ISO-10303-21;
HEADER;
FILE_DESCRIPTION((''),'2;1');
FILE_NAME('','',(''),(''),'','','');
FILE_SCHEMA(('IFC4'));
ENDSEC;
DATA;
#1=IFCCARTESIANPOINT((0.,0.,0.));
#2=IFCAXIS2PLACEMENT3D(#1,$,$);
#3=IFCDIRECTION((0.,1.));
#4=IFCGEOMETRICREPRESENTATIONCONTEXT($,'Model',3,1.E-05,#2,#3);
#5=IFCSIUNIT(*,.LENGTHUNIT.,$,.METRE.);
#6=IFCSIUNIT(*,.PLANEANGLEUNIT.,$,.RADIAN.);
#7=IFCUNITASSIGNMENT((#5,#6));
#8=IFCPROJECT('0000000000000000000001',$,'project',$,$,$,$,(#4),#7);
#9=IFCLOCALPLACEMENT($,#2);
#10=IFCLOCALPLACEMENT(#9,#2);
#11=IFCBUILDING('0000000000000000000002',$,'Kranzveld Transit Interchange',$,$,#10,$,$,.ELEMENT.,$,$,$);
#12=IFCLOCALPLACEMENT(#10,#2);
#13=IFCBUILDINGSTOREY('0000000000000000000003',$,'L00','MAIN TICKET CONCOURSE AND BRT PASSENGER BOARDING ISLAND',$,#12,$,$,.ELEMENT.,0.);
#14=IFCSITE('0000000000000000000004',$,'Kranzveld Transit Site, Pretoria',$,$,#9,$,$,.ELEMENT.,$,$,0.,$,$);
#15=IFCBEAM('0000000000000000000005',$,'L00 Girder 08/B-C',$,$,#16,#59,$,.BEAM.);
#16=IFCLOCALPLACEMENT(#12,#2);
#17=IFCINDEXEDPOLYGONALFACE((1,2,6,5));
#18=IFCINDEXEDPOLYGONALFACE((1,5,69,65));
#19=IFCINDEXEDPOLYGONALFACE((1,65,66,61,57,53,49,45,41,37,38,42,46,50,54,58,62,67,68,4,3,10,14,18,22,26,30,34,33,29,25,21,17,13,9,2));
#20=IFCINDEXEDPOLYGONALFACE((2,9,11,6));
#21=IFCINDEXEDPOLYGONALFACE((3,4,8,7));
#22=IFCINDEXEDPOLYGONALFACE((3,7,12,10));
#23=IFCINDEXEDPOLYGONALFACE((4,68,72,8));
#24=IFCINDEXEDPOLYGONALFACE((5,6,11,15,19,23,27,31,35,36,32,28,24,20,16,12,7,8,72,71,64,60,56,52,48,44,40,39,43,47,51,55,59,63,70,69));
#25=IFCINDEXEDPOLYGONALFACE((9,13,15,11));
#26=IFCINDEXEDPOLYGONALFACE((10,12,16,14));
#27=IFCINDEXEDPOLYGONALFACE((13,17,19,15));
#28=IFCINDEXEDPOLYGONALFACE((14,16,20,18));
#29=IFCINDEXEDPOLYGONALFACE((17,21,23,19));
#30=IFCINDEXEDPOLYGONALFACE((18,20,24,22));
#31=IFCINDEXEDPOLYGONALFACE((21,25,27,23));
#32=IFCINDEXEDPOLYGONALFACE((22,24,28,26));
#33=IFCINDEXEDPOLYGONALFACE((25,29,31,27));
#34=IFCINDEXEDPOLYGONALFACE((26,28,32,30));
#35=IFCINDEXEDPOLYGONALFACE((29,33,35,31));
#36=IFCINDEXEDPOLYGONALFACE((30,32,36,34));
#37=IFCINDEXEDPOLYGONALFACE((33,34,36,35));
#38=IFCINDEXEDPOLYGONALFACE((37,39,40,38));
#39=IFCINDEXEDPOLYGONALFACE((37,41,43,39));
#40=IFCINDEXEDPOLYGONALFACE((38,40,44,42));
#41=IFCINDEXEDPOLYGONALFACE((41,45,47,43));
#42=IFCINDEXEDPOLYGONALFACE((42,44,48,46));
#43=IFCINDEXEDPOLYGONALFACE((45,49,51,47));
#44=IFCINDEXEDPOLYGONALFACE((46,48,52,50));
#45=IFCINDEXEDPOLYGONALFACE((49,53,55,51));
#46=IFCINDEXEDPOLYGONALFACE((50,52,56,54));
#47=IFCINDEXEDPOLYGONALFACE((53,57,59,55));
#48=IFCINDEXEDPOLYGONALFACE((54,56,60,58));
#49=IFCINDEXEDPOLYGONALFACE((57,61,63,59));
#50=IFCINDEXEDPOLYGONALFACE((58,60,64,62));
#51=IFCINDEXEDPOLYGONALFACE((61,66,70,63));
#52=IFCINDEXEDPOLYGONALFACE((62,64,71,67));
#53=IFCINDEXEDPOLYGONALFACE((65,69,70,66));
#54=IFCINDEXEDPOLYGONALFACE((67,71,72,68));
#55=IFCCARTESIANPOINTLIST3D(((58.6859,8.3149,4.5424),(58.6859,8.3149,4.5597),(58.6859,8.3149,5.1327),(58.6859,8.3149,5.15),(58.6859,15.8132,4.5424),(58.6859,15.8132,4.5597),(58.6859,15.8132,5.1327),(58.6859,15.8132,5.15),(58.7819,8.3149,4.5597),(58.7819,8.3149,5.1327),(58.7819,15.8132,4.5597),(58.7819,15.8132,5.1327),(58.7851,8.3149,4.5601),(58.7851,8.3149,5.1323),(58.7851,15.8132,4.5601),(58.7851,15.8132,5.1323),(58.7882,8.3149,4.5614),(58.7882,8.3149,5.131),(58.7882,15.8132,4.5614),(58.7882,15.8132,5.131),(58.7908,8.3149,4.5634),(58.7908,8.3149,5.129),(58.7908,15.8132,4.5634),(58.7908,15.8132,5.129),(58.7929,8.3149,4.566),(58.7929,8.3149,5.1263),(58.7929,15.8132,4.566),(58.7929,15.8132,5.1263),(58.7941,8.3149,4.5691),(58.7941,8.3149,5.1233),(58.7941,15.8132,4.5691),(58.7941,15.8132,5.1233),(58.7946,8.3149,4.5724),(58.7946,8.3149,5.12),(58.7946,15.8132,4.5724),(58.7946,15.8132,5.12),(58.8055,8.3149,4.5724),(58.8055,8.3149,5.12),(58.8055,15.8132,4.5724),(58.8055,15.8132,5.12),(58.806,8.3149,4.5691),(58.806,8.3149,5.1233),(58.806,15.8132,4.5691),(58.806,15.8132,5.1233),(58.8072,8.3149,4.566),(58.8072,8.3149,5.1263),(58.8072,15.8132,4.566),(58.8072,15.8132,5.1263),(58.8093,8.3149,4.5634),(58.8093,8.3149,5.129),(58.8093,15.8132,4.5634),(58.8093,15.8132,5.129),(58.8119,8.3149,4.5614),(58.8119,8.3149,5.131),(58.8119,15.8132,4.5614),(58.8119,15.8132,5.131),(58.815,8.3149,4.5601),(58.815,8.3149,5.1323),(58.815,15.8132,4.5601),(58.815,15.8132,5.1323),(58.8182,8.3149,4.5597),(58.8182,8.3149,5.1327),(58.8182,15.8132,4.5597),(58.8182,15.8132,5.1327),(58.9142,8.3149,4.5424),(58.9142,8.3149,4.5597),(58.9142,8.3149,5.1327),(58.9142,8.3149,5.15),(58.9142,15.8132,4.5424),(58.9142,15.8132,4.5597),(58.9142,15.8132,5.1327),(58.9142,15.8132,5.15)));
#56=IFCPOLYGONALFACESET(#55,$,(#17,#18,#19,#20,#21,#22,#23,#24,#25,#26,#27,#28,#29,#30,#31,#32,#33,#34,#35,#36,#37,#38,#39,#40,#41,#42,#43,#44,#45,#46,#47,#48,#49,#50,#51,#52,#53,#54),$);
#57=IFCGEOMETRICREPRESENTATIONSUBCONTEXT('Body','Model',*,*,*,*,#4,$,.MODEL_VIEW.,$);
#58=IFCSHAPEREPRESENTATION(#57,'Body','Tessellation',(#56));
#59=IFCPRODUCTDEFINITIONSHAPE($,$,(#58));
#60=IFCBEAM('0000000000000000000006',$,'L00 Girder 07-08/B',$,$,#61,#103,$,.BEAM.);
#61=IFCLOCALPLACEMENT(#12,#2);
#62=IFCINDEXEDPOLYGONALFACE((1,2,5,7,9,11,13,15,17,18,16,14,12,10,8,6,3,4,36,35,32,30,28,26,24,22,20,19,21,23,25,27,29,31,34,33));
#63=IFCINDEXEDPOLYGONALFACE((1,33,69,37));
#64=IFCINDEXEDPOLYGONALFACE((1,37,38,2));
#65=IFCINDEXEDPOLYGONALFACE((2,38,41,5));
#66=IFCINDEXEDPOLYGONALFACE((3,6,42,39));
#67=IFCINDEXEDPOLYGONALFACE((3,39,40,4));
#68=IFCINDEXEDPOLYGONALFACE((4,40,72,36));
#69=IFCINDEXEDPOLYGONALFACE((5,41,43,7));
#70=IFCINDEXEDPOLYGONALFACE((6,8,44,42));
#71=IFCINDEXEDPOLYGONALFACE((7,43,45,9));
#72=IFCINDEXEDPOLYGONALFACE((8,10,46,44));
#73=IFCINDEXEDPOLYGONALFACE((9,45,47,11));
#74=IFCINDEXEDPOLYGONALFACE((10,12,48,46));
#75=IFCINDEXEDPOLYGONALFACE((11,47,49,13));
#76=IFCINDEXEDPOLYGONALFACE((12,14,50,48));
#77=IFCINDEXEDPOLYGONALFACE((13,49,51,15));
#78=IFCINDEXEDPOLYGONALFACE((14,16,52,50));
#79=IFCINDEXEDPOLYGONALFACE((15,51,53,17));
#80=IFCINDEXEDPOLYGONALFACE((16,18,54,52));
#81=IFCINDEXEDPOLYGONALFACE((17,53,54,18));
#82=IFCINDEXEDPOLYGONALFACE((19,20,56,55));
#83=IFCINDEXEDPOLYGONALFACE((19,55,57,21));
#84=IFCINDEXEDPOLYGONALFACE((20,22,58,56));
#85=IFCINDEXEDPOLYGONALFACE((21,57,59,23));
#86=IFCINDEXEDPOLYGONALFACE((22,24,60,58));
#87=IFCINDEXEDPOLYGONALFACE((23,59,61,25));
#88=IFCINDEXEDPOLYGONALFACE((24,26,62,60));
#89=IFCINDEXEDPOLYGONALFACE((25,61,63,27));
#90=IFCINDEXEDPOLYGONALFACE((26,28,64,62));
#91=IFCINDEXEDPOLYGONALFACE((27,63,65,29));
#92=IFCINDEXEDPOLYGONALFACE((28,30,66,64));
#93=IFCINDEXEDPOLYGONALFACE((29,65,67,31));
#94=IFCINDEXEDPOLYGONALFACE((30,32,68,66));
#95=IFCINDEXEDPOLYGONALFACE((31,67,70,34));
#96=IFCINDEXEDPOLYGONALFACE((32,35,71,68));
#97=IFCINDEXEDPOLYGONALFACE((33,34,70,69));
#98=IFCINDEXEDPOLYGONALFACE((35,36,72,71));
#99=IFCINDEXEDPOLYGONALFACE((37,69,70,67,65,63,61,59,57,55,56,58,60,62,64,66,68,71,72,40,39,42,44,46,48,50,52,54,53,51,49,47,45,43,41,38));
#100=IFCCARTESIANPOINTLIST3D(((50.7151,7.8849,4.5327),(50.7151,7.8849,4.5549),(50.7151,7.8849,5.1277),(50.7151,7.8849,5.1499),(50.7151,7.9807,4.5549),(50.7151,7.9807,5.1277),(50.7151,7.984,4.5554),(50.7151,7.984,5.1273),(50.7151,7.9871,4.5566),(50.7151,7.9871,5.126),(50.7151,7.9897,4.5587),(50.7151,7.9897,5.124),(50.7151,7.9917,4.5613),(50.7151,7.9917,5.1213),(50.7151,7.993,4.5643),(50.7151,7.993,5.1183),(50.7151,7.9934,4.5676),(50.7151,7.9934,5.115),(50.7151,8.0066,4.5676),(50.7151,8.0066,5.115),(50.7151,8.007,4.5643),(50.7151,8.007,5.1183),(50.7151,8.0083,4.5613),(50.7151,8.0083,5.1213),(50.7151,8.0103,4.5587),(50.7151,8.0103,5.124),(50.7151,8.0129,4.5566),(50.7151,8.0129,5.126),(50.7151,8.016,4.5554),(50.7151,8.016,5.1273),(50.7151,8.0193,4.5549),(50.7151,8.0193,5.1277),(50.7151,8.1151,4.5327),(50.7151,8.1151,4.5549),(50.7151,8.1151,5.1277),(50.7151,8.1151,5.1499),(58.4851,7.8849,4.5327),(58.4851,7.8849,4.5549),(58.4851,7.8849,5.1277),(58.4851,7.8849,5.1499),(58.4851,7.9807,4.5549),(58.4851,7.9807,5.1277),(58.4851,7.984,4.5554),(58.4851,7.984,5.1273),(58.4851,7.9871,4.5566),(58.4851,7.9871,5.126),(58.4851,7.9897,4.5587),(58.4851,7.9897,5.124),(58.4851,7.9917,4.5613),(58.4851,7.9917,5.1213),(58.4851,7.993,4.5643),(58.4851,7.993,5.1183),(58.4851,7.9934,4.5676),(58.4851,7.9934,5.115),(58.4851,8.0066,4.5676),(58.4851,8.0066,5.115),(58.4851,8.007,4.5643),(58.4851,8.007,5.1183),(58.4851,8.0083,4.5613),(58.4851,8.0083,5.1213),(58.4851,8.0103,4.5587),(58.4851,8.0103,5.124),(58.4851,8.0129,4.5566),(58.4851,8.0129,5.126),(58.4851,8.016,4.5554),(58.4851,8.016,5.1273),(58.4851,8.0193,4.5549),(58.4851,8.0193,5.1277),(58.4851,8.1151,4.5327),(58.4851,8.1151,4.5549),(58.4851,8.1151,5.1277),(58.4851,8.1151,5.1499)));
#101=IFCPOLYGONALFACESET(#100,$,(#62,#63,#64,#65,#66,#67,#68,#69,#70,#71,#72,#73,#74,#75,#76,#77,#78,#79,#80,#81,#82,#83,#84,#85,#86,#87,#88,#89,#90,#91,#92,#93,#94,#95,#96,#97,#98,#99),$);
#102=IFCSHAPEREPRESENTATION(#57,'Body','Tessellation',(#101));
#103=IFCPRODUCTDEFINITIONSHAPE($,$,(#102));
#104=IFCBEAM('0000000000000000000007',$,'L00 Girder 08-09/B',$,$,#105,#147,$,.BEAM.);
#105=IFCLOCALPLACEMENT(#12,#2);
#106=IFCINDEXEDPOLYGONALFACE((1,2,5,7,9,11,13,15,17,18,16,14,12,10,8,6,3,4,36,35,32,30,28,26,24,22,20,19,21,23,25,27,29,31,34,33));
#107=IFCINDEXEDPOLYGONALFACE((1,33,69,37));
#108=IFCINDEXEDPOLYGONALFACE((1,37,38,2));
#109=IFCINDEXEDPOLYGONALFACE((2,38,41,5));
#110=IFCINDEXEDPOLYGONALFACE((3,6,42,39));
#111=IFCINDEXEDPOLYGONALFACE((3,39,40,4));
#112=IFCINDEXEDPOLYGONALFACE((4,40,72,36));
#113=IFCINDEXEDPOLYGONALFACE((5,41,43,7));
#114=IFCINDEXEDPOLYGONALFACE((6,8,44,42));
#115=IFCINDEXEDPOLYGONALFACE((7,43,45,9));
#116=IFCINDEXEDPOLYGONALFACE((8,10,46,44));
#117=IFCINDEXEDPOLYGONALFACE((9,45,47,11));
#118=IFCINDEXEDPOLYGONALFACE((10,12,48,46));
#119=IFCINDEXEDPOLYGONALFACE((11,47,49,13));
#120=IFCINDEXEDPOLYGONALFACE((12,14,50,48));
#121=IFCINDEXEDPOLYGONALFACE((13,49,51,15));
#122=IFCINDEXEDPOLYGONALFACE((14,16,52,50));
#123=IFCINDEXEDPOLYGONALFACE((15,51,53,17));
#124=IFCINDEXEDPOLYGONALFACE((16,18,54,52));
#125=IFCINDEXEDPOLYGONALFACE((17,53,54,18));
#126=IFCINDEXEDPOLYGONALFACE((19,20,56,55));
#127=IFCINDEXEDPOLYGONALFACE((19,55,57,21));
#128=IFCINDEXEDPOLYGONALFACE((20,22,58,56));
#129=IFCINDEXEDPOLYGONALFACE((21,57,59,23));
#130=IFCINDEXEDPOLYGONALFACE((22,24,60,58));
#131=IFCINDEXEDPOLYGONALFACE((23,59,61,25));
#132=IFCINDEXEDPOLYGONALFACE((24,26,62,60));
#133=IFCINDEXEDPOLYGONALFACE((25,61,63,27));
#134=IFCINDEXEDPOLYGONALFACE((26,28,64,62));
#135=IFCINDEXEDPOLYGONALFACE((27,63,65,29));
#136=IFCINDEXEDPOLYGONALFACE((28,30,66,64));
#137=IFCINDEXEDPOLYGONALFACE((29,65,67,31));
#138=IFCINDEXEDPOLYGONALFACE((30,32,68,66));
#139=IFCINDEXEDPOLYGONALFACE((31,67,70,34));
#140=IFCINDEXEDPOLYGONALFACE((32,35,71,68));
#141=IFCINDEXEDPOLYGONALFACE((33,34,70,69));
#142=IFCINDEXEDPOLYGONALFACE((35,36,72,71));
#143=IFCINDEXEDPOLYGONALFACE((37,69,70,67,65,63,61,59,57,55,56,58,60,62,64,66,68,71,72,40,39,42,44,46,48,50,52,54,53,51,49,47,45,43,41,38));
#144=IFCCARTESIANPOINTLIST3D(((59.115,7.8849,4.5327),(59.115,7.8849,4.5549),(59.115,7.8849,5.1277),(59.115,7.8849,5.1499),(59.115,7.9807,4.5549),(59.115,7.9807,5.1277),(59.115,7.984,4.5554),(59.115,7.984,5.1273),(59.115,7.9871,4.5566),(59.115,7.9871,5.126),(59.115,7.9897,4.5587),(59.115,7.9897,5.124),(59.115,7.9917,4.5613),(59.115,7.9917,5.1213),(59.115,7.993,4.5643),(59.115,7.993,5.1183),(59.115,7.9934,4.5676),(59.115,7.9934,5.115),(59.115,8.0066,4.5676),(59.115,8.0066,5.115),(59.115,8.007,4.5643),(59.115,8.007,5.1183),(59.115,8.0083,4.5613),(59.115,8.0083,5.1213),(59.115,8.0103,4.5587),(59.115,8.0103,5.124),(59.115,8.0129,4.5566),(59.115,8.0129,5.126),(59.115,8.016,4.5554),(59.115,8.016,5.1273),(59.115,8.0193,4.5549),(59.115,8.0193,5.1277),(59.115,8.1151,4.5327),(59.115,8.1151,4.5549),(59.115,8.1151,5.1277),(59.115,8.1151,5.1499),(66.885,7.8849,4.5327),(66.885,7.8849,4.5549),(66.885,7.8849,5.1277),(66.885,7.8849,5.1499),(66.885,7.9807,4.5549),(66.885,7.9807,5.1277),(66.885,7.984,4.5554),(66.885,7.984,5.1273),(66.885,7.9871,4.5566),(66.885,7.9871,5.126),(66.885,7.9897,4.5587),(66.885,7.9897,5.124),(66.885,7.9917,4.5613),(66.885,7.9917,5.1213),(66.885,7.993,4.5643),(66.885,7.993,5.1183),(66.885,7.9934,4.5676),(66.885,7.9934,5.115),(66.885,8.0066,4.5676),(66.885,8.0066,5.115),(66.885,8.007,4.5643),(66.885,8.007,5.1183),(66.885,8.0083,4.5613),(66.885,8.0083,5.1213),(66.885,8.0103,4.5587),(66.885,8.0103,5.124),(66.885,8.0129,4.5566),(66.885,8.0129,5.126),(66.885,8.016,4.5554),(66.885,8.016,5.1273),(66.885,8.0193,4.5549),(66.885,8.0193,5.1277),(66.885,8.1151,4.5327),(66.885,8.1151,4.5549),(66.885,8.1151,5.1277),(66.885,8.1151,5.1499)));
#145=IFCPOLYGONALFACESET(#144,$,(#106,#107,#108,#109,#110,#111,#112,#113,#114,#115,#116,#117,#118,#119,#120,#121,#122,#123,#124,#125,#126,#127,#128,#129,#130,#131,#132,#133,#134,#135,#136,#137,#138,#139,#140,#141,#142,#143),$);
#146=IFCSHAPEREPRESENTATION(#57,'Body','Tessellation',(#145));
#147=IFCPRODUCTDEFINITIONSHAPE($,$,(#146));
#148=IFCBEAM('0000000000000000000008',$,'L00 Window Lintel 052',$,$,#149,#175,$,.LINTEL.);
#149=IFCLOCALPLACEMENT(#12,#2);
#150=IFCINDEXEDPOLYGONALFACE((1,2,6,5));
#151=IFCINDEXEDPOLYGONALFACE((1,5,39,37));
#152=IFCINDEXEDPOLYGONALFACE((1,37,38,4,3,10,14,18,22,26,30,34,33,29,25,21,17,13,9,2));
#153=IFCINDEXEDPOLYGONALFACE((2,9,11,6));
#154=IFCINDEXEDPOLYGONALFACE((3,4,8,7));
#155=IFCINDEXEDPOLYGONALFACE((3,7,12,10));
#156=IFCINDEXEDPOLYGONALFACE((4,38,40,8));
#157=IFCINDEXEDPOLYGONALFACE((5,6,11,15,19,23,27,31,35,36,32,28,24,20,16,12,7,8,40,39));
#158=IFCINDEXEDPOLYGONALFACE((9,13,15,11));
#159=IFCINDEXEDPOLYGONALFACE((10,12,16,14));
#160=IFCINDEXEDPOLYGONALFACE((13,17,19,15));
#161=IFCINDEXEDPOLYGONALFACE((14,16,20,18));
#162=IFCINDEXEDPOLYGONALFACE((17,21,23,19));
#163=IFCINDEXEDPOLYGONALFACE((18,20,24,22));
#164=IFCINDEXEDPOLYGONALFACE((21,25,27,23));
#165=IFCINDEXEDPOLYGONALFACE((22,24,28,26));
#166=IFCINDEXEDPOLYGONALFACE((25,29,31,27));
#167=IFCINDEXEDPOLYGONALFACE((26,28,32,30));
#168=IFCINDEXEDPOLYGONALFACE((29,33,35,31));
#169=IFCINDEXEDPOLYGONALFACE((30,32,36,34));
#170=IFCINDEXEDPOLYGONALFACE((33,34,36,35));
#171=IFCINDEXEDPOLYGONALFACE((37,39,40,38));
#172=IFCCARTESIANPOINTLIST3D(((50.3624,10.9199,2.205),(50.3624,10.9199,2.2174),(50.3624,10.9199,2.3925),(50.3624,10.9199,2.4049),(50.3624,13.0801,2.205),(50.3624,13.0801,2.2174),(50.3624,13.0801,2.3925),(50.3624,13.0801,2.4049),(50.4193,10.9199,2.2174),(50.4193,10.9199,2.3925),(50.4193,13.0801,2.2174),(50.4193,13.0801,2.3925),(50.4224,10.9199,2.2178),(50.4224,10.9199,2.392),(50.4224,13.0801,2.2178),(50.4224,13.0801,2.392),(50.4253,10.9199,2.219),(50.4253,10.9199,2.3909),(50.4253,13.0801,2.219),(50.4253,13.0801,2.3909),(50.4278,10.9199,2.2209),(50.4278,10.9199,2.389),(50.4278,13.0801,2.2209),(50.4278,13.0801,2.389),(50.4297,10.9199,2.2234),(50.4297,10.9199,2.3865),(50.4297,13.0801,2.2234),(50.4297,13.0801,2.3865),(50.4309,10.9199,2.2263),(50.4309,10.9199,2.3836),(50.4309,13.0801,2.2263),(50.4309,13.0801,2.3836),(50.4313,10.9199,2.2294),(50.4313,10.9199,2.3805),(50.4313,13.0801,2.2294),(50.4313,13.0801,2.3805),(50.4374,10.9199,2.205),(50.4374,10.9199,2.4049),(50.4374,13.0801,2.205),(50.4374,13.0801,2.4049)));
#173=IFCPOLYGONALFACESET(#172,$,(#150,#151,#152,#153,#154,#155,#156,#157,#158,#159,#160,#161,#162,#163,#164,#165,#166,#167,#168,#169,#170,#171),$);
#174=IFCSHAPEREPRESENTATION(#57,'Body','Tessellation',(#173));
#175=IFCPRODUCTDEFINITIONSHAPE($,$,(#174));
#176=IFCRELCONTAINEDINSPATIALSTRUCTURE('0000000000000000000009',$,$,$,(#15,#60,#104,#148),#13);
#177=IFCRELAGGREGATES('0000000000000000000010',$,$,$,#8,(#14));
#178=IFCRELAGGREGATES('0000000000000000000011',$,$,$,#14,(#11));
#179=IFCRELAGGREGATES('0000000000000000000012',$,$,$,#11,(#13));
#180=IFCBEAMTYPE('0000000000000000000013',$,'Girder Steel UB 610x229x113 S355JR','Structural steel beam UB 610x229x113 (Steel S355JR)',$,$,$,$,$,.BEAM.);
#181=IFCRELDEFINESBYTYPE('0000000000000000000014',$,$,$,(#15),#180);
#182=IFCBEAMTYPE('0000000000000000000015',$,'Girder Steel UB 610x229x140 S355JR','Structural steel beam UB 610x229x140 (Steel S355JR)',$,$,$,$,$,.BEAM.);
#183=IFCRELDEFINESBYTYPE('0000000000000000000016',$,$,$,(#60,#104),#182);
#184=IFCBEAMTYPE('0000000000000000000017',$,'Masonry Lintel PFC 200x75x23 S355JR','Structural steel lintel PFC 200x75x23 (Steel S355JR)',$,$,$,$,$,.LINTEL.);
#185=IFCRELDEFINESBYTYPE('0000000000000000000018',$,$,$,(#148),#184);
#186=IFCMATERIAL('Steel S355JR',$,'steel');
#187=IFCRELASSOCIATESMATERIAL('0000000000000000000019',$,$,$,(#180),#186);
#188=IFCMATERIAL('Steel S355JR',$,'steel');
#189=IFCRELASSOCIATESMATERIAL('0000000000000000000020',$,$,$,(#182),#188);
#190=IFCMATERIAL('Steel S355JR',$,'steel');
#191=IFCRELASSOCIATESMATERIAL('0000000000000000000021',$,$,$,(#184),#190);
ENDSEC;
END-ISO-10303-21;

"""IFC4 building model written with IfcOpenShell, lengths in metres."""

from ifc_helpers import new_model, si_unit, direction, frame, origin, origin_2d, place, context, subcontext, project, spatial, i_section, u_section, extrude, material, material_profile, profile_set, type_object, element, save


model = new_model("IFC4")

# Units and contexts
model_context = context("Model", 3, precision=1e-05, world=origin(), true_north=direction((0.0, 1.0)))
body_context = subcontext(model_context, "Body", "Model", "MODEL_VIEW")
ifc_project = project(units=[si_unit("LENGTHUNIT", "METRE"), si_unit("PLANEANGLEUNIT", "RADIAN")], contexts=[model_context])

# Site, building, storey
site_placement = place(None, origin())
site = spatial("IfcSite", under=ifc_project, at=site_placement, Name="Kranzveld Transit Site, Pretoria", CompositionType="ELEMENT", RefElevation=0.0)
building_placement = place(site_placement, origin())
building = spatial("IfcBuilding", under=site, at=building_placement, Name="Kranzveld Transit Interchange", CompositionType="ELEMENT")
storey_placement = place(building_placement, origin())
storey = spatial("IfcBuildingStorey", under=building, at=storey_placement, Name="L00", Description="MAIN TICKET CONCOURSE AND BRT PASSENGER BOARDING ISLAND", CompositionType="ELEMENT", Elevation=0.0)

# Beams
ifc_material_1 = material(Name="Steel S355JR", Category="steel")
ifc_material_profile_1 = material_profile(ifc_material_1, i_section(OverallWidth=0.2283, OverallDepth=0.6077, WebThickness=0.011, FlangeThickness=0.0173, FilletRadius=0.0127, at=origin_2d()), Name="UB 610x229x113")
ifc_profile_set_1 = profile_set([ifc_material_profile_1], Name="Steel S355JR")
beam_type_1 = type_object("IfcBeamType", Name="Girder Steel UB 610x229x113 S355JR", Description="Structural steel beam UB 610x229x113 (Steel S355JR)", PredefinedType="BEAM", material=ifc_profile_set_1)
beam_1_placement = place(storey_placement, frame((58.8, 8.3149, 4.8462), z_axis=(0.0, 1.0, 0.0), x_axis=(-1.0, 0.0, 0.0)))
element("IfcBeam", 1, at=beam_1_placement, inside=storey, type_object=beam_type_1, Name="L00 Girder 08/B-C", PredefinedType="BEAM", context=body_context, shape_type="SweptSolid", body=[
    extrude(i_section(OverallWidth=0.2283, OverallDepth=0.6077, WebThickness=0.011, FlangeThickness=0.0173, FilletRadius=0.0127, at=origin_2d()), origin(), (0.0, 0.0, 1.0), 7.4983),
])
ifc_material_2 = material(Name="Steel S355JR", Category="steel")
ifc_material_profile_2 = material_profile(ifc_material_2, i_section(OverallWidth=0.2302, OverallDepth=0.6172, WebThickness=0.0132, FlangeThickness=0.0222, FilletRadius=0.0127, at=origin_2d()), Name="UB 610x229x140")
ifc_profile_set_2 = profile_set([ifc_material_profile_2], Name="Steel S355JR")
beam_type_2 = type_object("IfcBeamType", Name="Girder Steel UB 610x229x140 S355JR", Description="Structural steel beam UB 610x229x140 (Steel S355JR)", PredefinedType="BEAM", material=ifc_profile_set_2)
for number, where, z_axis, x_axis, name in (
    (2, (50.7151, 8.0, 4.8413), (1.0, 0.0, 0.0), (0.0, 1.0, 0.0), "L00 Girder 07-08/B"),
    (3, (59.115, 8.0, 4.8413), (1.0, 0.0, 0.0), (0.0, 1.0, 0.0), "L00 Girder 08-09/B"),
):
    element("IfcBeam", number, at=place(storey_placement, frame(where, z_axis=z_axis, x_axis=x_axis)), inside=storey, type_object=beam_type_2, Name=name, PredefinedType="BEAM", context=body_context, shape_type="SweptSolid", body=[
        extrude(i_section(OverallWidth=0.2302, OverallDepth=0.6172, WebThickness=0.0132, FlangeThickness=0.0222, FilletRadius=0.0127, at=origin_2d()), origin(), (0.0, 0.0, 1.0), 7.77),
    ])
ifc_material_3 = material(Name="Steel S355JR", Category="steel")
ifc_material_profile_3 = material_profile(ifc_material_3, u_section(Depth=0.2, FlangeWidth=0.075, WebThickness=0.0061, FlangeThickness=0.0125, FilletRadius=0.012, at=origin_2d()), Name="PFC 200x75x23")
ifc_profile_set_3 = profile_set([ifc_material_profile_3], Name="Steel S355JR")
beam_type_3 = type_object("IfcBeamType", Name="Masonry Lintel PFC 200x75x23 S355JR", Description="Structural steel lintel PFC 200x75x23 (Steel S355JR)", PredefinedType="LINTEL", material=ifc_profile_set_3)
beam_2_placement = place(storey_placement, frame((50.3999, 10.9199, 2.3049), z_axis=(0.0, 1.0, 0.0), x_axis=(-1.0, 0.0, 0.0)))
element("IfcBeam", 4, at=beam_2_placement, inside=storey, type_object=beam_type_3, Name="L00 Window Lintel 052", PredefinedType="LINTEL", context=body_context, shape_type="SweptSolid", body=[
    extrude(u_section(Depth=0.2, FlangeWidth=0.075, WebThickness=0.0061, FlangeThickness=0.0125, FilletRadius=0.012, at=origin_2d()), origin(), (0.0, 0.0, 1.0), 2.1602),
])

save(model, "model.ifc")
